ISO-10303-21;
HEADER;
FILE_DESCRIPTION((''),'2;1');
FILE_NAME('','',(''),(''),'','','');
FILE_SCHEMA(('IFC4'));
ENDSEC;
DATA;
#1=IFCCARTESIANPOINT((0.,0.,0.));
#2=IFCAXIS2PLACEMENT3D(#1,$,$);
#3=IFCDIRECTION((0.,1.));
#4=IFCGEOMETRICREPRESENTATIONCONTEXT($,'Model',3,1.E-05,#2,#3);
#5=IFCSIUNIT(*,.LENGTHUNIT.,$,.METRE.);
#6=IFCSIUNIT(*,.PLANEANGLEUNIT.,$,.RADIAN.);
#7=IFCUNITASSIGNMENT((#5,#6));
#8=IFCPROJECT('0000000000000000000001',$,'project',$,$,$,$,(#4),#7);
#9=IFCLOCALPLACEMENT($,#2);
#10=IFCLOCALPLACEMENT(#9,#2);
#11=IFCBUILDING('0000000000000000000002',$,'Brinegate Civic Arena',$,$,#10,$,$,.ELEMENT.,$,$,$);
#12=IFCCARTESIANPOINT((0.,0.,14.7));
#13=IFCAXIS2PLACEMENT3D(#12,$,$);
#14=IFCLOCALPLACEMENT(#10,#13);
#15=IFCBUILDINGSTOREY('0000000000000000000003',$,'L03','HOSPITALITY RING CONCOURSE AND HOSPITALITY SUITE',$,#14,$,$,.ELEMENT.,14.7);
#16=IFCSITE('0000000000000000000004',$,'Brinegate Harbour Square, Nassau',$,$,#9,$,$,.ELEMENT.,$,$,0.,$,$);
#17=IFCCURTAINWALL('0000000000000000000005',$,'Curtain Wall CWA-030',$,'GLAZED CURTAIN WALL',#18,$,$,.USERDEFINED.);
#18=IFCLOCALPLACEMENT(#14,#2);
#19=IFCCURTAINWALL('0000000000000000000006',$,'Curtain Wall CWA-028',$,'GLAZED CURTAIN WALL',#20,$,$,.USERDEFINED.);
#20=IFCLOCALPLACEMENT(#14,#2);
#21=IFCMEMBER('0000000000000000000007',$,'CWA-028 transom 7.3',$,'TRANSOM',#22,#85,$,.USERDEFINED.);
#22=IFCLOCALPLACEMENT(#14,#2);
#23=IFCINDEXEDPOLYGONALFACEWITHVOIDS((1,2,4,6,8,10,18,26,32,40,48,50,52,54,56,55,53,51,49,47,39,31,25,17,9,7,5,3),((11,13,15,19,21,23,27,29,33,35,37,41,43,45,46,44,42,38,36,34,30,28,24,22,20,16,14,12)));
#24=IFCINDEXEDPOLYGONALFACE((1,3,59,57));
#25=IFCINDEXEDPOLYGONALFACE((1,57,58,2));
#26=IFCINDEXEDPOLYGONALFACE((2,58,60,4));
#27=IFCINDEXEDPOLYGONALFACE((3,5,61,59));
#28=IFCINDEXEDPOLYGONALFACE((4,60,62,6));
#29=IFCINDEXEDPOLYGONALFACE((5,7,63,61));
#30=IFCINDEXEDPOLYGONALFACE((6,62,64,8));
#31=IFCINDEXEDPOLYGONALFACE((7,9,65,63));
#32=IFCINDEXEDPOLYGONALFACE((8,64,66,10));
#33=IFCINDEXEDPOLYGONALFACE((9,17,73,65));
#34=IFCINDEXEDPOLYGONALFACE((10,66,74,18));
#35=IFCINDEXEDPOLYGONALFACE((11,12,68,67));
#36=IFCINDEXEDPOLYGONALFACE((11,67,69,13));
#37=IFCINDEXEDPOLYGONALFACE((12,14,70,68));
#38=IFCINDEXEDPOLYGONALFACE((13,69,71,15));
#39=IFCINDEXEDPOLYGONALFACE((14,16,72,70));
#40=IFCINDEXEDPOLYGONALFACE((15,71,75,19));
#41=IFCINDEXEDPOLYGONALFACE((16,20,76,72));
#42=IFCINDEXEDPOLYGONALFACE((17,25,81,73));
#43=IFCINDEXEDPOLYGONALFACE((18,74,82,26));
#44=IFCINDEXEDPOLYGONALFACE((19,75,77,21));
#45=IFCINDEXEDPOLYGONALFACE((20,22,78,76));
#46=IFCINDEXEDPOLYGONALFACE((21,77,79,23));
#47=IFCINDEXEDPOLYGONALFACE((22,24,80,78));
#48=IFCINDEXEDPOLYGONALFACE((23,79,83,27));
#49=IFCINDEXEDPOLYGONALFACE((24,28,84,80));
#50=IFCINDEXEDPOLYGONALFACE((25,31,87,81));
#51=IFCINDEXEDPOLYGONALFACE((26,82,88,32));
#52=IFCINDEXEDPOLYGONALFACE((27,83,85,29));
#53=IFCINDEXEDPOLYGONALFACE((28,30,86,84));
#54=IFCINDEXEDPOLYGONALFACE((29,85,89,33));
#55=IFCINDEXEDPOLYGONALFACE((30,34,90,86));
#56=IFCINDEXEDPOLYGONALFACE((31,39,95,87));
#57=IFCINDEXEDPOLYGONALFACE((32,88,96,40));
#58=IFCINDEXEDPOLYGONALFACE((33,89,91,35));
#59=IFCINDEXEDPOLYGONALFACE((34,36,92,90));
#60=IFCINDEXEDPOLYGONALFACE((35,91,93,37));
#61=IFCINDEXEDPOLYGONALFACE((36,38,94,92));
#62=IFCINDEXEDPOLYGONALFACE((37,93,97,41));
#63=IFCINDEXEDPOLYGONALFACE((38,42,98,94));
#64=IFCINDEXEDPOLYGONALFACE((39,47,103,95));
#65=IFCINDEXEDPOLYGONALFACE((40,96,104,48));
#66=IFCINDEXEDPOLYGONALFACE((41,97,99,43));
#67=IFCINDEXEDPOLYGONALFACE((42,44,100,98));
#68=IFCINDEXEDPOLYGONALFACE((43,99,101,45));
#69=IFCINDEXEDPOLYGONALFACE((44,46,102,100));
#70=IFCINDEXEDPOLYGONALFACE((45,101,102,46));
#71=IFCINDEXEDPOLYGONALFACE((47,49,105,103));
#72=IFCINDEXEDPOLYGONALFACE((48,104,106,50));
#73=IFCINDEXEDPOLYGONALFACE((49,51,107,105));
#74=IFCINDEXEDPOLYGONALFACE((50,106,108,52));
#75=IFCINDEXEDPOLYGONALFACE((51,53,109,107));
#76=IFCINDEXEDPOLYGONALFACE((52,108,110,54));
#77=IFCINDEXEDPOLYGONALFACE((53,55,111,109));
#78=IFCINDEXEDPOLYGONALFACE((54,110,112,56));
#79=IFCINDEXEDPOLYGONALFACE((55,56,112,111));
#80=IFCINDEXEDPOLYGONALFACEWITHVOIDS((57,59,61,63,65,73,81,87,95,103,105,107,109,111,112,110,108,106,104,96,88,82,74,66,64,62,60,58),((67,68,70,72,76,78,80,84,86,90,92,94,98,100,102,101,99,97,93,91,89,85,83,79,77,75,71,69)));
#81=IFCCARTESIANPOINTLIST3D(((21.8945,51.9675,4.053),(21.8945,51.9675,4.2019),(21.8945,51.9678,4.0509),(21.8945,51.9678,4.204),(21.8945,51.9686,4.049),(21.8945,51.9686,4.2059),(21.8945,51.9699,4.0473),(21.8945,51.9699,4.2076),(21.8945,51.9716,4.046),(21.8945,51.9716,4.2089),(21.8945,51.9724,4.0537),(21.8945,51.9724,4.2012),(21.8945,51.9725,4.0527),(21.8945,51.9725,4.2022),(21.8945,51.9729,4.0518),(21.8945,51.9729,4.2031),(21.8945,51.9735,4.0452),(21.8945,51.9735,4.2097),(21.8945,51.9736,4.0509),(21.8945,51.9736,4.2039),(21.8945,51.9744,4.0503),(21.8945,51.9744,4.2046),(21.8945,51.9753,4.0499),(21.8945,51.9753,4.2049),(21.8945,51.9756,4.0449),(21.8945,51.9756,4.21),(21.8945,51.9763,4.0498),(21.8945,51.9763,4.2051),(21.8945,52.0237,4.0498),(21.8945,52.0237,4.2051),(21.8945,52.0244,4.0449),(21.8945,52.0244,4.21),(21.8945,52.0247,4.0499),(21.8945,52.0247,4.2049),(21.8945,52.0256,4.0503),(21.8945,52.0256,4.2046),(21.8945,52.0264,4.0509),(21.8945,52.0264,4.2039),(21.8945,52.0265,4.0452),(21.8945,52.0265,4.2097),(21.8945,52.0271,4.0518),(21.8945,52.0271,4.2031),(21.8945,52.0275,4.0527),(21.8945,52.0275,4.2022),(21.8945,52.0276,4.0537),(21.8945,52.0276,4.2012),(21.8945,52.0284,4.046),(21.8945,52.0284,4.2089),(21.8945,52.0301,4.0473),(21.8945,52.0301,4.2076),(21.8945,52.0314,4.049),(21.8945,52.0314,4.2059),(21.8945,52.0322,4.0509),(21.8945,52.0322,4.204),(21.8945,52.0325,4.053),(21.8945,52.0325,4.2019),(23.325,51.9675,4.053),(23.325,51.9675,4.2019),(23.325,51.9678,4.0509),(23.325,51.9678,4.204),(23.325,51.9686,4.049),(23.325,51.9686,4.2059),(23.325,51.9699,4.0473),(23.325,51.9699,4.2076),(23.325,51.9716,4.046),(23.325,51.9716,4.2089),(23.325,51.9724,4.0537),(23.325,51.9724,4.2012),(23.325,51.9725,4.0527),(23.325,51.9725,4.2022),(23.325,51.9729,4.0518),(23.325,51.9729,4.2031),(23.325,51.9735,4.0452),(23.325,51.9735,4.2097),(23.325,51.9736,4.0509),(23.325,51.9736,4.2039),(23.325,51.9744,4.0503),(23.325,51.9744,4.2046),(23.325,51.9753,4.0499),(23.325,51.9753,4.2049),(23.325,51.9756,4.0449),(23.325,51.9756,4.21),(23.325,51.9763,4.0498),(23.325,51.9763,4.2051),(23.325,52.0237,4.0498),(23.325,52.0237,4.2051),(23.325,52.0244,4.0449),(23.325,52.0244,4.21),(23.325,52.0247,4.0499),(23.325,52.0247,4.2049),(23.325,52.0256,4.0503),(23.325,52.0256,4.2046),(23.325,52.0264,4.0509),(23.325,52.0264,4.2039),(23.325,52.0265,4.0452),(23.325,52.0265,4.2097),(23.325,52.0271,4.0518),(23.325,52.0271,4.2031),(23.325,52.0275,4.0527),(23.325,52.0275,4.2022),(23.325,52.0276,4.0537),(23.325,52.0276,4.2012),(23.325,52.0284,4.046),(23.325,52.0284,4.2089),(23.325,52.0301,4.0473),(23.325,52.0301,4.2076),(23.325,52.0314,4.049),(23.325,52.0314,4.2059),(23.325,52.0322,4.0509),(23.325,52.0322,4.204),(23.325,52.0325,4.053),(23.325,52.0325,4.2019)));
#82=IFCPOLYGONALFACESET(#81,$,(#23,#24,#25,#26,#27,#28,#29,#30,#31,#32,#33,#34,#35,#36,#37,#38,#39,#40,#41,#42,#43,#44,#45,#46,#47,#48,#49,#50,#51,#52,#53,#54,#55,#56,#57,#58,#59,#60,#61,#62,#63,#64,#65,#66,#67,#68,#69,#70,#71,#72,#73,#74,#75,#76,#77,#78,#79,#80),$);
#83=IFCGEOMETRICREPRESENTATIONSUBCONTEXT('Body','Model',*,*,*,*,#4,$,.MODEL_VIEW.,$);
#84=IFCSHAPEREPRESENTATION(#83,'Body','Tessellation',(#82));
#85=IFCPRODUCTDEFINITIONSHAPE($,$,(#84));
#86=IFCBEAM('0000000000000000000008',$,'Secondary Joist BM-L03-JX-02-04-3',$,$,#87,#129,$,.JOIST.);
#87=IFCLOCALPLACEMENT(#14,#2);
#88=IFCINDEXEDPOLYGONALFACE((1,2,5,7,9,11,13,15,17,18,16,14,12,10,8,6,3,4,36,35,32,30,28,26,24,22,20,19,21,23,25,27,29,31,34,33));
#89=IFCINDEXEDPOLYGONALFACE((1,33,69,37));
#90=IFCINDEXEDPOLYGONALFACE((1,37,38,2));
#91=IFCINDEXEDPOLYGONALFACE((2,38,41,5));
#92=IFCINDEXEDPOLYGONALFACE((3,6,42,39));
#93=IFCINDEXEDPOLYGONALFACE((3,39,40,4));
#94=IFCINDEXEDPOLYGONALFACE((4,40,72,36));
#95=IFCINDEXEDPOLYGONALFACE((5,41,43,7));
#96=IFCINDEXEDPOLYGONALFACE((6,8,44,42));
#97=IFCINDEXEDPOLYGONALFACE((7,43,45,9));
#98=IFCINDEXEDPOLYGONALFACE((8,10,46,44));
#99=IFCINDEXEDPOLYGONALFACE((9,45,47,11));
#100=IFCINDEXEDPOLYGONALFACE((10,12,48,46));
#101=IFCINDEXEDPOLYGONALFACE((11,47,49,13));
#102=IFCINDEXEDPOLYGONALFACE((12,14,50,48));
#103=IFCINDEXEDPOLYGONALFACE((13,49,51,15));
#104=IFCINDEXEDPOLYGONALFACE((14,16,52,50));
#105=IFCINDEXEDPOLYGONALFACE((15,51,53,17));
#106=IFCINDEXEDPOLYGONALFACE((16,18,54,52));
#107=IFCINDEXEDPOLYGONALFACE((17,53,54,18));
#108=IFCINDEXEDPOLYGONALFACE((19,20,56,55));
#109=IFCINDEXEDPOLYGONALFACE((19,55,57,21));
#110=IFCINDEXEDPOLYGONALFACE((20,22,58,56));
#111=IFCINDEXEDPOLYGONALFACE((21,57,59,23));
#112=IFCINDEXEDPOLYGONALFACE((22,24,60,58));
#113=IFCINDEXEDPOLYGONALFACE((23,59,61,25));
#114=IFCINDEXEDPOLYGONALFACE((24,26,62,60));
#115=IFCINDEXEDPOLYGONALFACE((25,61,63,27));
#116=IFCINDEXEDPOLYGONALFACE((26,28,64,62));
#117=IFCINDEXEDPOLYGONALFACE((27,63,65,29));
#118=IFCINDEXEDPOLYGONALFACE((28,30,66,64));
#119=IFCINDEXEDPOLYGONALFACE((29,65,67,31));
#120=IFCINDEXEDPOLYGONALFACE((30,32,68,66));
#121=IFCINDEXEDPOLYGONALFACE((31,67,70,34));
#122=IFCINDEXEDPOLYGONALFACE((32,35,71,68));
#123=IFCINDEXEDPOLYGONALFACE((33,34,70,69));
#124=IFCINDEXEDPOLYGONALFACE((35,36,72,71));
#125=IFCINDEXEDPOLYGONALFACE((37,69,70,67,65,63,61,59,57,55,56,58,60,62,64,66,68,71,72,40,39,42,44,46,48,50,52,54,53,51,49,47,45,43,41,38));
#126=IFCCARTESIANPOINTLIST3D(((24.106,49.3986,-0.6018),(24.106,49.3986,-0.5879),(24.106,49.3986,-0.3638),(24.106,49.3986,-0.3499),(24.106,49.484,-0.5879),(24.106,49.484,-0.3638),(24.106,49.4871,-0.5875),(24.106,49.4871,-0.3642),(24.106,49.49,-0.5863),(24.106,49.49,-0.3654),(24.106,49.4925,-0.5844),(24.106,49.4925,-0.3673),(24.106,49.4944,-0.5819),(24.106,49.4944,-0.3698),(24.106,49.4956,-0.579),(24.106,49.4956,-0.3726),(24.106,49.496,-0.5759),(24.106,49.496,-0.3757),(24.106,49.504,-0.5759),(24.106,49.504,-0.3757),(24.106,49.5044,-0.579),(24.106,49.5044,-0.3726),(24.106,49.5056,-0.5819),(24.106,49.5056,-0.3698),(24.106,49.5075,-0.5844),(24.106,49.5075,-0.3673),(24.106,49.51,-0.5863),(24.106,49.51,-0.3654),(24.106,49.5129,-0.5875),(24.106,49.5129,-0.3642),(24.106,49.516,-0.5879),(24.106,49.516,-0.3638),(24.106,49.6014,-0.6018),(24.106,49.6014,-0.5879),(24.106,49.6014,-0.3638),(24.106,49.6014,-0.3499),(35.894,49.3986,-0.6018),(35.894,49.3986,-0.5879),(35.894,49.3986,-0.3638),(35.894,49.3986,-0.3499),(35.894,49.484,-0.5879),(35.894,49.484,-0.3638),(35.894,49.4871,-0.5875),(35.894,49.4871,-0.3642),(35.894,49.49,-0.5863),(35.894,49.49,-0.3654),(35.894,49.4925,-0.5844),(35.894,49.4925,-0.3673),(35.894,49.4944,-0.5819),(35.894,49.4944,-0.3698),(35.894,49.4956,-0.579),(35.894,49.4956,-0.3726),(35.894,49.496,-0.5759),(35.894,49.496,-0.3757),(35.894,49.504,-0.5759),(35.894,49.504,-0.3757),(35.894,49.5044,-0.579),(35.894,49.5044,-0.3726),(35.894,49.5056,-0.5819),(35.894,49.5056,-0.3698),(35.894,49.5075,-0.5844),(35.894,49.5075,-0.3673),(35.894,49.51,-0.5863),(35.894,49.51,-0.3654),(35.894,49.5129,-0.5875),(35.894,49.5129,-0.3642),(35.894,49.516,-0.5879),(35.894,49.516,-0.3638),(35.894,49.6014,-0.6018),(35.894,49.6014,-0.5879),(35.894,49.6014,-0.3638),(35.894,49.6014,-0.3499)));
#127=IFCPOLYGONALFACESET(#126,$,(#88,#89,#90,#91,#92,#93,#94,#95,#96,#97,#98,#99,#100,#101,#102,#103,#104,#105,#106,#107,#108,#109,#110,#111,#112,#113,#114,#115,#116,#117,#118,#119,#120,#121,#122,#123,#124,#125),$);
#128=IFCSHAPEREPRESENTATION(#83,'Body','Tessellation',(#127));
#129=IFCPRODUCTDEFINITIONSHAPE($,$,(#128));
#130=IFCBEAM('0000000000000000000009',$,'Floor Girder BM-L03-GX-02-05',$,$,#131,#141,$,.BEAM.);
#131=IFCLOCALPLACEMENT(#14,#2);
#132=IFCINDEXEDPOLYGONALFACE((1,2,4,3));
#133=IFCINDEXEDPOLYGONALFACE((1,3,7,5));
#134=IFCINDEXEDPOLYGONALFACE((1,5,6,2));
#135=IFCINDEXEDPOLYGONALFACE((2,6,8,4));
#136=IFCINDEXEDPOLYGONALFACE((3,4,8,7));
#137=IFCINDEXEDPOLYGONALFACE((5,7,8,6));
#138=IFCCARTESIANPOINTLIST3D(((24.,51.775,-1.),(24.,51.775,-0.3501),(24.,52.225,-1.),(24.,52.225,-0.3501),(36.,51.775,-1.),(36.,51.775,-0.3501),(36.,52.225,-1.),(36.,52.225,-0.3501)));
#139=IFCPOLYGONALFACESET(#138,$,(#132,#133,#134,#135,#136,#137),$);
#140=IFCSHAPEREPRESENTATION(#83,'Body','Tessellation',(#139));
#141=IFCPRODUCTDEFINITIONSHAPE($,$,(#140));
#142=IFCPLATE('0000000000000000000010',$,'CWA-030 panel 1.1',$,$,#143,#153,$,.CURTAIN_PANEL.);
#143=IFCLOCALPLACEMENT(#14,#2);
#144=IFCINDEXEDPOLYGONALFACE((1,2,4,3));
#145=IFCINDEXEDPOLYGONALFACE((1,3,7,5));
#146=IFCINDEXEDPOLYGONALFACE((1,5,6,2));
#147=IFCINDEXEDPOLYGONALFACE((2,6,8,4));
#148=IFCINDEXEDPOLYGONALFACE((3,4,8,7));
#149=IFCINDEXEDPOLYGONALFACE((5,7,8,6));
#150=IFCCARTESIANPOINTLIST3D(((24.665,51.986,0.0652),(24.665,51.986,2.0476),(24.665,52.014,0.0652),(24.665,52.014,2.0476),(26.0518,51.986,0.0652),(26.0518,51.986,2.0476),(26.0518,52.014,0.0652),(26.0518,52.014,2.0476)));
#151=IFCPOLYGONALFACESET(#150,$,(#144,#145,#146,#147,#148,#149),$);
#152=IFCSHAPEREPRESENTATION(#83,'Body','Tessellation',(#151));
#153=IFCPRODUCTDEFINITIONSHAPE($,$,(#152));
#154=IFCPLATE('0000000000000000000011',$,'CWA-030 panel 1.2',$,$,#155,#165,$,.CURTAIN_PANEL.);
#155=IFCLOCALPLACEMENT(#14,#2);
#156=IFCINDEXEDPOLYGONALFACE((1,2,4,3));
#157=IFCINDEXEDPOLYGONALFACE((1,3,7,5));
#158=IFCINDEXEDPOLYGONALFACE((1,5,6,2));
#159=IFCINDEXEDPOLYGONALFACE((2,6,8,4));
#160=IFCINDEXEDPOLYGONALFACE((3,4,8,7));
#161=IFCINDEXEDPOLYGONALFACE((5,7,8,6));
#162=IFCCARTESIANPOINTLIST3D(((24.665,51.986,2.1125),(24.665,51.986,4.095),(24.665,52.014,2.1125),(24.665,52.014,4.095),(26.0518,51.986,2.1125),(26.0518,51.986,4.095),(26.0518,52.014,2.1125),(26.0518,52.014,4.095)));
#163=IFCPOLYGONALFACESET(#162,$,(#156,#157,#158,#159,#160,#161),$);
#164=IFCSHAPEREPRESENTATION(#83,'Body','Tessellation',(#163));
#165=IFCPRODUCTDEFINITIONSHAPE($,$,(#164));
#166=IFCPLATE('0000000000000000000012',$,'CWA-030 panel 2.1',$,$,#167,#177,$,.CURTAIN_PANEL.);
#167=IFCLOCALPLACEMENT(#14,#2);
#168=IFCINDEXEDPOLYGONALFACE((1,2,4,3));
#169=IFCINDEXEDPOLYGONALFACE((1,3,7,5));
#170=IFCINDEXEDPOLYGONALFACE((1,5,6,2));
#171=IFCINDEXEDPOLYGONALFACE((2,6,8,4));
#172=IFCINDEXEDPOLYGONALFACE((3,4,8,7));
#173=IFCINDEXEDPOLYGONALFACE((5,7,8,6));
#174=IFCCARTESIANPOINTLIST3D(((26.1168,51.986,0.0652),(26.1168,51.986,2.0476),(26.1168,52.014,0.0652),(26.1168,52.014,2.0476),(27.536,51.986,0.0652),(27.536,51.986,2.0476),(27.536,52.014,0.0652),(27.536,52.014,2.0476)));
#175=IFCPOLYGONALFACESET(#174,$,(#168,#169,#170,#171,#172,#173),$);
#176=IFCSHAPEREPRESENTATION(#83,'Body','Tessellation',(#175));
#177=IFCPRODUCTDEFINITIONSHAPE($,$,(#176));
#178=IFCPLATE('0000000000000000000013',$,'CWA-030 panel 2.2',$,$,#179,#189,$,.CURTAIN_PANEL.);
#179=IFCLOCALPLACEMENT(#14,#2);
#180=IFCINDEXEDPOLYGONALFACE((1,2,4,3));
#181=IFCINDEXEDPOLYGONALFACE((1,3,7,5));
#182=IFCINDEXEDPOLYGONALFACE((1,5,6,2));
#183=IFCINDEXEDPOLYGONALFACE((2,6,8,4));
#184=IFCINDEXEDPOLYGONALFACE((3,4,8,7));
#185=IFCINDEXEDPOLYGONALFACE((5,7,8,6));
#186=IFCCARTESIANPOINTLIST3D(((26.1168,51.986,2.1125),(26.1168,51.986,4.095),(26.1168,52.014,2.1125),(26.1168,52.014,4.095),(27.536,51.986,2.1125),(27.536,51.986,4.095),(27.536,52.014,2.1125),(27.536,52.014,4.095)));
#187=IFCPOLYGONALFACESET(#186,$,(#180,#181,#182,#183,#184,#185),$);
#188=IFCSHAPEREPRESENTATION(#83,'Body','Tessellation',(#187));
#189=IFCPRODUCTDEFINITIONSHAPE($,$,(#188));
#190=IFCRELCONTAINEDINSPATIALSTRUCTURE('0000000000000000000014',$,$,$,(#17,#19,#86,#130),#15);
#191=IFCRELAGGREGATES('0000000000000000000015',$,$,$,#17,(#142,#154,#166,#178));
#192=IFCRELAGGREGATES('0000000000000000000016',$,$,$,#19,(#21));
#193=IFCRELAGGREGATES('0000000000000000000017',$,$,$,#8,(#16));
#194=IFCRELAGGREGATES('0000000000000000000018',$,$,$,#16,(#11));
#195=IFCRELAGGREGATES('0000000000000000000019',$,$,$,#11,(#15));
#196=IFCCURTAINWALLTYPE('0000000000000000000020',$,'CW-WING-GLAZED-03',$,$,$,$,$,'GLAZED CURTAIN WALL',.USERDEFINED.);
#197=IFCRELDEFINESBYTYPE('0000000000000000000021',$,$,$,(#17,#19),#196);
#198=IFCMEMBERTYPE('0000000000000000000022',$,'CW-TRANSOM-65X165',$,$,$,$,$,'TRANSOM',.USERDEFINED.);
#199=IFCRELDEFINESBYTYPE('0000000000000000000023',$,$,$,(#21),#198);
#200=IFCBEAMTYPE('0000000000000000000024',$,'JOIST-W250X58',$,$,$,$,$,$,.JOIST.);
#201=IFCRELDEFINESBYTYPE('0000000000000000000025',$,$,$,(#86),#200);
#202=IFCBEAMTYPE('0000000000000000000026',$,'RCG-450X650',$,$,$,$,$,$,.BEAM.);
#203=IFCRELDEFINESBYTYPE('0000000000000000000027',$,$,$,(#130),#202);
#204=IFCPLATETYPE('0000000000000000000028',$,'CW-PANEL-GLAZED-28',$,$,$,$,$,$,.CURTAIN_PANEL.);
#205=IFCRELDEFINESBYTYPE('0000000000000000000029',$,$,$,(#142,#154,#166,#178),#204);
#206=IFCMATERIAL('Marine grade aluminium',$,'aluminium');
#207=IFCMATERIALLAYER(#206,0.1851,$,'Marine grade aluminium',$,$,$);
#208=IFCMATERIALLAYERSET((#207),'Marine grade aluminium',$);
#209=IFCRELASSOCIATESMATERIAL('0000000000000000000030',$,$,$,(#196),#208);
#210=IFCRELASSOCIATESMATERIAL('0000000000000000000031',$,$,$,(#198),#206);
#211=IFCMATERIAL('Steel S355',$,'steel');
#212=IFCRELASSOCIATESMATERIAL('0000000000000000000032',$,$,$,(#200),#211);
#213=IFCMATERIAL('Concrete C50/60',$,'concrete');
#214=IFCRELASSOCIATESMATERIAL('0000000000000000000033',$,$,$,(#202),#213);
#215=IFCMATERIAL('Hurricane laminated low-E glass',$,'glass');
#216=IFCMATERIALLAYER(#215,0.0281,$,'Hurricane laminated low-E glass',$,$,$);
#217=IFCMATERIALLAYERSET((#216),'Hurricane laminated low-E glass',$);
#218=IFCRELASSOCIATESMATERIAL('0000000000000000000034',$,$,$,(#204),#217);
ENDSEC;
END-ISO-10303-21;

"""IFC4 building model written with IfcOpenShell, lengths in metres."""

from ifc_helpers import new_model, si_unit, direction, frame, origin, origin_2d, place, context, subcontext, project, spatial, rectangle, hollow_rectangle, i_section, extrude, material, layer, layer_set, material_profile, profile_set, type_object, element, aggregate, save


model = new_model("IFC4")

# Units and contexts
model_context = context("Model", 3, precision=1e-05, world=origin(), true_north=direction((0.0, 1.0)))
body_context = subcontext(model_context, "Body", "Model", "MODEL_VIEW")
ifc_project = project(units=[si_unit("LENGTHUNIT", "METRE"), si_unit("PLANEANGLEUNIT", "RADIAN")], contexts=[model_context])

# Site, building, storey
site_placement = place(None, origin())
site = spatial("IfcSite", under=ifc_project, at=site_placement, Name="Brinegate Harbour Square, Nassau", CompositionType="ELEMENT", RefElevation=0.0)
building_placement = place(site_placement, origin())
building = spatial("IfcBuilding", under=site, at=building_placement, Name="Brinegate Civic Arena", CompositionType="ELEMENT")
storey_placement = place(building_placement, frame((0.0, 0.0, 14.7)))
storey = spatial("IfcBuildingStorey", under=building, at=storey_placement, Name="L03", Description="HOSPITALITY RING CONCOURSE AND HOSPITALITY SUITE", CompositionType="ELEMENT", Elevation=14.7)

# Curtain walls
ifc_material_1 = material(Name="Marine grade aluminium", Category="aluminium")
ifc_layer_1 = layer(ifc_material_1, 0.1851, Name="Marine grade aluminium")
ifc_layer_set_1 = layer_set([ifc_layer_1], Name="Marine grade aluminium")
curtain_wall_type = type_object("IfcCurtainWallType", Name="CW-WING-GLAZED-03", ElementType="GLAZED CURTAIN WALL", PredefinedType="USERDEFINED", material=ifc_layer_set_1)
curtain_wall_1_placement = place(storey_placement, origin())
curtain_wall_1 = element("IfcCurtainWall", 1, at=curtain_wall_1_placement, inside=storey, type_object=curtain_wall_type, Name="Curtain Wall CWA-030", ObjectType="GLAZED CURTAIN WALL", PredefinedType="USERDEFINED")
curtain_wall_2_placement = place(storey_placement, origin())
curtain_wall_2 = element("IfcCurtainWall", 2, at=curtain_wall_2_placement, inside=storey, type_object=curtain_wall_type, Name="Curtain Wall CWA-028", ObjectType="GLAZED CURTAIN WALL", PredefinedType="USERDEFINED")

# Member
ifc_material_profile_1 = material_profile(ifc_material_1, hollow_rectangle(XDim=0.0649, YDim=0.165, WallThickness=0.0049, InnerFilletRadius=0.0039, OuterFilletRadius=0.0081, at=origin_2d()), Name="TRN65X165")
ifc_profile_set_1 = profile_set([ifc_material_profile_1], Name="Marine grade aluminium")
member_type_1 = type_object("IfcMemberType", Name="CW-TRANSOM-65X165", ElementType="TRANSOM", PredefinedType="USERDEFINED", material=ifc_profile_set_1)
member_1_placement = place(storey_placement, frame((21.8945, 52.0, 4.1274), z_axis=(1.0, 0.0, 0.0), x_axis=(0.0, 1.0, 0.0)))
member_1 = element("IfcMember", 3, at=member_1_placement, type_object=member_type_1, Name="CWA-028 transom 7.3", ObjectType="TRANSOM", PredefinedType="USERDEFINED", context=body_context, shape_type="SweptSolid", body=[
    extrude(hollow_rectangle(XDim=0.0649, YDim=0.165, WallThickness=0.0049, InnerFilletRadius=0.0039, OuterFilletRadius=0.0081, at=origin_2d()), origin(), (0.0, 0.0, 1.0), 1.4304),
])

# Beams
ifc_material_2 = material(Name="Steel S355", Category="steel")
ifc_material_profile_2 = material_profile(ifc_material_2, i_section(OverallWidth=0.2029, OverallDepth=0.252, WebThickness=0.0081, FlangeThickness=0.0139, FilletRadius=0.012, at=origin_2d()), Name="W250X58")
ifc_profile_set_2 = profile_set([ifc_material_profile_2], Name="Steel S355")
beam_type_1 = type_object("IfcBeamType", Name="JOIST-W250X58", PredefinedType="JOIST", material=ifc_profile_set_2)
beam_1_placement = place(storey_placement, frame((24.106, 49.5, -0.4758), z_axis=(1.0, 0.0, 0.0), x_axis=(0.0, 1.0, 0.0)))
element("IfcBeam", 4, at=beam_1_placement, inside=storey, type_object=beam_type_1, Name="Secondary Joist BM-L03-JX-02-04-3", PredefinedType="JOIST", context=body_context, shape_type="SweptSolid", body=[
    extrude(i_section(OverallWidth=0.2029, OverallDepth=0.252, WebThickness=0.0081, FlangeThickness=0.0139, FilletRadius=0.012, at=origin_2d()), origin(), (0.0, 0.0, 1.0), 11.7881),
])
ifc_material_3 = material(Name="Concrete C50/60", Category="concrete")
ifc_material_profile_3 = material_profile(ifc_material_3, rectangle(XDim=0.45, YDim=0.6499, at=origin_2d()), Name="RCB450X650")
ifc_profile_set_3 = profile_set([ifc_material_profile_3], Name="Concrete C50/60")
beam_type_2 = type_object("IfcBeamType", Name="RCG-450X650", PredefinedType="BEAM", material=ifc_profile_set_3)
beam_2_placement = place(storey_placement, frame((24.0, 52.0, -0.675), z_axis=(1.0, 0.0, 0.0), x_axis=(0.0, 1.0, 0.0)))
element("IfcBeam", 5, at=beam_2_placement, inside=storey, type_object=beam_type_2, Name="Floor Girder BM-L03-GX-02-05", PredefinedType="BEAM", context=body_context, shape_type="SweptSolid", body=[
    extrude(rectangle(XDim=0.45, YDim=0.6499, at=origin_2d()), origin(), (0.0, 0.0, 1.0), 12.0),
])

# Plates
ifc_material_4 = material(Name="Hurricane laminated low-E glass", Category="glass")
ifc_layer_2 = layer(ifc_material_4, 0.0281, Name="Hurricane laminated low-E glass")
ifc_layer_set_2 = layer_set([ifc_layer_2], Name="Hurricane laminated low-E glass")
plate_type_1 = type_object("IfcPlateType", Name="CW-PANEL-GLAZED-28", PredefinedType="CURTAIN_PANEL", material=ifc_layer_set_2)
plate_1_placement = place(storey_placement, frame((25.3584, 52.0, 0.0652), z_axis=(0.0, 0.0, 1.0), x_axis=(1.0, 0.0, 0.0)))
plate_1 = element("IfcPlate", 6, at=plate_1_placement, type_object=plate_type_1, Name="CWA-030 panel 1.1", PredefinedType="CURTAIN_PANEL", context=body_context, shape_type="SweptSolid", body=[
    extrude(rectangle(XDim=1.3867, YDim=0.0281, at=origin_2d()), origin(), (0.0, 0.0, 1.0), 1.9824),
])
plate_2_placement = place(storey_placement, frame((25.3584, 52.0, 2.1125), z_axis=(0.0, 0.0, 1.0), x_axis=(1.0, 0.0, 0.0)))
plate_2 = element("IfcPlate", 7, at=plate_2_placement, type_object=plate_type_1, Name="CWA-030 panel 1.2", PredefinedType="CURTAIN_PANEL", context=body_context, shape_type="SweptSolid", body=[
    extrude(rectangle(XDim=1.3867, YDim=0.0281, at=origin_2d()), origin(), (0.0, 0.0, 1.0), 1.9824),
])
plate_3_placement = place(storey_placement, frame((26.8264, 52.0, 0.0652), z_axis=(0.0, 0.0, 1.0), x_axis=(1.0, 0.0, 0.0)))
plate_3 = element("IfcPlate", 8, at=plate_3_placement, type_object=plate_type_1, Name="CWA-030 panel 2.1", PredefinedType="CURTAIN_PANEL", context=body_context, shape_type="SweptSolid", body=[
    extrude(rectangle(XDim=1.4192, YDim=0.0281, at=origin_2d()), origin(), (0.0, 0.0, 1.0), 1.9824),
])
plate_4_placement = place(storey_placement, frame((26.8264, 52.0, 2.1125), z_axis=(0.0, 0.0, 1.0), x_axis=(1.0, 0.0, 0.0)))
plate_4 = element("IfcPlate", 9, at=plate_4_placement, type_object=plate_type_1, Name="CWA-030 panel 2.2", PredefinedType="CURTAIN_PANEL", context=body_context, shape_type="SweptSolid", body=[
    extrude(rectangle(XDim=1.4192, YDim=0.0281, at=origin_2d()), origin(), (0.0, 0.0, 1.0), 1.9824),
])
aggregate(curtain_wall_1, [plate_1, plate_2, plate_3, plate_4])
aggregate(curtain_wall_2, [member_1])

save(model, "model.ifc")
